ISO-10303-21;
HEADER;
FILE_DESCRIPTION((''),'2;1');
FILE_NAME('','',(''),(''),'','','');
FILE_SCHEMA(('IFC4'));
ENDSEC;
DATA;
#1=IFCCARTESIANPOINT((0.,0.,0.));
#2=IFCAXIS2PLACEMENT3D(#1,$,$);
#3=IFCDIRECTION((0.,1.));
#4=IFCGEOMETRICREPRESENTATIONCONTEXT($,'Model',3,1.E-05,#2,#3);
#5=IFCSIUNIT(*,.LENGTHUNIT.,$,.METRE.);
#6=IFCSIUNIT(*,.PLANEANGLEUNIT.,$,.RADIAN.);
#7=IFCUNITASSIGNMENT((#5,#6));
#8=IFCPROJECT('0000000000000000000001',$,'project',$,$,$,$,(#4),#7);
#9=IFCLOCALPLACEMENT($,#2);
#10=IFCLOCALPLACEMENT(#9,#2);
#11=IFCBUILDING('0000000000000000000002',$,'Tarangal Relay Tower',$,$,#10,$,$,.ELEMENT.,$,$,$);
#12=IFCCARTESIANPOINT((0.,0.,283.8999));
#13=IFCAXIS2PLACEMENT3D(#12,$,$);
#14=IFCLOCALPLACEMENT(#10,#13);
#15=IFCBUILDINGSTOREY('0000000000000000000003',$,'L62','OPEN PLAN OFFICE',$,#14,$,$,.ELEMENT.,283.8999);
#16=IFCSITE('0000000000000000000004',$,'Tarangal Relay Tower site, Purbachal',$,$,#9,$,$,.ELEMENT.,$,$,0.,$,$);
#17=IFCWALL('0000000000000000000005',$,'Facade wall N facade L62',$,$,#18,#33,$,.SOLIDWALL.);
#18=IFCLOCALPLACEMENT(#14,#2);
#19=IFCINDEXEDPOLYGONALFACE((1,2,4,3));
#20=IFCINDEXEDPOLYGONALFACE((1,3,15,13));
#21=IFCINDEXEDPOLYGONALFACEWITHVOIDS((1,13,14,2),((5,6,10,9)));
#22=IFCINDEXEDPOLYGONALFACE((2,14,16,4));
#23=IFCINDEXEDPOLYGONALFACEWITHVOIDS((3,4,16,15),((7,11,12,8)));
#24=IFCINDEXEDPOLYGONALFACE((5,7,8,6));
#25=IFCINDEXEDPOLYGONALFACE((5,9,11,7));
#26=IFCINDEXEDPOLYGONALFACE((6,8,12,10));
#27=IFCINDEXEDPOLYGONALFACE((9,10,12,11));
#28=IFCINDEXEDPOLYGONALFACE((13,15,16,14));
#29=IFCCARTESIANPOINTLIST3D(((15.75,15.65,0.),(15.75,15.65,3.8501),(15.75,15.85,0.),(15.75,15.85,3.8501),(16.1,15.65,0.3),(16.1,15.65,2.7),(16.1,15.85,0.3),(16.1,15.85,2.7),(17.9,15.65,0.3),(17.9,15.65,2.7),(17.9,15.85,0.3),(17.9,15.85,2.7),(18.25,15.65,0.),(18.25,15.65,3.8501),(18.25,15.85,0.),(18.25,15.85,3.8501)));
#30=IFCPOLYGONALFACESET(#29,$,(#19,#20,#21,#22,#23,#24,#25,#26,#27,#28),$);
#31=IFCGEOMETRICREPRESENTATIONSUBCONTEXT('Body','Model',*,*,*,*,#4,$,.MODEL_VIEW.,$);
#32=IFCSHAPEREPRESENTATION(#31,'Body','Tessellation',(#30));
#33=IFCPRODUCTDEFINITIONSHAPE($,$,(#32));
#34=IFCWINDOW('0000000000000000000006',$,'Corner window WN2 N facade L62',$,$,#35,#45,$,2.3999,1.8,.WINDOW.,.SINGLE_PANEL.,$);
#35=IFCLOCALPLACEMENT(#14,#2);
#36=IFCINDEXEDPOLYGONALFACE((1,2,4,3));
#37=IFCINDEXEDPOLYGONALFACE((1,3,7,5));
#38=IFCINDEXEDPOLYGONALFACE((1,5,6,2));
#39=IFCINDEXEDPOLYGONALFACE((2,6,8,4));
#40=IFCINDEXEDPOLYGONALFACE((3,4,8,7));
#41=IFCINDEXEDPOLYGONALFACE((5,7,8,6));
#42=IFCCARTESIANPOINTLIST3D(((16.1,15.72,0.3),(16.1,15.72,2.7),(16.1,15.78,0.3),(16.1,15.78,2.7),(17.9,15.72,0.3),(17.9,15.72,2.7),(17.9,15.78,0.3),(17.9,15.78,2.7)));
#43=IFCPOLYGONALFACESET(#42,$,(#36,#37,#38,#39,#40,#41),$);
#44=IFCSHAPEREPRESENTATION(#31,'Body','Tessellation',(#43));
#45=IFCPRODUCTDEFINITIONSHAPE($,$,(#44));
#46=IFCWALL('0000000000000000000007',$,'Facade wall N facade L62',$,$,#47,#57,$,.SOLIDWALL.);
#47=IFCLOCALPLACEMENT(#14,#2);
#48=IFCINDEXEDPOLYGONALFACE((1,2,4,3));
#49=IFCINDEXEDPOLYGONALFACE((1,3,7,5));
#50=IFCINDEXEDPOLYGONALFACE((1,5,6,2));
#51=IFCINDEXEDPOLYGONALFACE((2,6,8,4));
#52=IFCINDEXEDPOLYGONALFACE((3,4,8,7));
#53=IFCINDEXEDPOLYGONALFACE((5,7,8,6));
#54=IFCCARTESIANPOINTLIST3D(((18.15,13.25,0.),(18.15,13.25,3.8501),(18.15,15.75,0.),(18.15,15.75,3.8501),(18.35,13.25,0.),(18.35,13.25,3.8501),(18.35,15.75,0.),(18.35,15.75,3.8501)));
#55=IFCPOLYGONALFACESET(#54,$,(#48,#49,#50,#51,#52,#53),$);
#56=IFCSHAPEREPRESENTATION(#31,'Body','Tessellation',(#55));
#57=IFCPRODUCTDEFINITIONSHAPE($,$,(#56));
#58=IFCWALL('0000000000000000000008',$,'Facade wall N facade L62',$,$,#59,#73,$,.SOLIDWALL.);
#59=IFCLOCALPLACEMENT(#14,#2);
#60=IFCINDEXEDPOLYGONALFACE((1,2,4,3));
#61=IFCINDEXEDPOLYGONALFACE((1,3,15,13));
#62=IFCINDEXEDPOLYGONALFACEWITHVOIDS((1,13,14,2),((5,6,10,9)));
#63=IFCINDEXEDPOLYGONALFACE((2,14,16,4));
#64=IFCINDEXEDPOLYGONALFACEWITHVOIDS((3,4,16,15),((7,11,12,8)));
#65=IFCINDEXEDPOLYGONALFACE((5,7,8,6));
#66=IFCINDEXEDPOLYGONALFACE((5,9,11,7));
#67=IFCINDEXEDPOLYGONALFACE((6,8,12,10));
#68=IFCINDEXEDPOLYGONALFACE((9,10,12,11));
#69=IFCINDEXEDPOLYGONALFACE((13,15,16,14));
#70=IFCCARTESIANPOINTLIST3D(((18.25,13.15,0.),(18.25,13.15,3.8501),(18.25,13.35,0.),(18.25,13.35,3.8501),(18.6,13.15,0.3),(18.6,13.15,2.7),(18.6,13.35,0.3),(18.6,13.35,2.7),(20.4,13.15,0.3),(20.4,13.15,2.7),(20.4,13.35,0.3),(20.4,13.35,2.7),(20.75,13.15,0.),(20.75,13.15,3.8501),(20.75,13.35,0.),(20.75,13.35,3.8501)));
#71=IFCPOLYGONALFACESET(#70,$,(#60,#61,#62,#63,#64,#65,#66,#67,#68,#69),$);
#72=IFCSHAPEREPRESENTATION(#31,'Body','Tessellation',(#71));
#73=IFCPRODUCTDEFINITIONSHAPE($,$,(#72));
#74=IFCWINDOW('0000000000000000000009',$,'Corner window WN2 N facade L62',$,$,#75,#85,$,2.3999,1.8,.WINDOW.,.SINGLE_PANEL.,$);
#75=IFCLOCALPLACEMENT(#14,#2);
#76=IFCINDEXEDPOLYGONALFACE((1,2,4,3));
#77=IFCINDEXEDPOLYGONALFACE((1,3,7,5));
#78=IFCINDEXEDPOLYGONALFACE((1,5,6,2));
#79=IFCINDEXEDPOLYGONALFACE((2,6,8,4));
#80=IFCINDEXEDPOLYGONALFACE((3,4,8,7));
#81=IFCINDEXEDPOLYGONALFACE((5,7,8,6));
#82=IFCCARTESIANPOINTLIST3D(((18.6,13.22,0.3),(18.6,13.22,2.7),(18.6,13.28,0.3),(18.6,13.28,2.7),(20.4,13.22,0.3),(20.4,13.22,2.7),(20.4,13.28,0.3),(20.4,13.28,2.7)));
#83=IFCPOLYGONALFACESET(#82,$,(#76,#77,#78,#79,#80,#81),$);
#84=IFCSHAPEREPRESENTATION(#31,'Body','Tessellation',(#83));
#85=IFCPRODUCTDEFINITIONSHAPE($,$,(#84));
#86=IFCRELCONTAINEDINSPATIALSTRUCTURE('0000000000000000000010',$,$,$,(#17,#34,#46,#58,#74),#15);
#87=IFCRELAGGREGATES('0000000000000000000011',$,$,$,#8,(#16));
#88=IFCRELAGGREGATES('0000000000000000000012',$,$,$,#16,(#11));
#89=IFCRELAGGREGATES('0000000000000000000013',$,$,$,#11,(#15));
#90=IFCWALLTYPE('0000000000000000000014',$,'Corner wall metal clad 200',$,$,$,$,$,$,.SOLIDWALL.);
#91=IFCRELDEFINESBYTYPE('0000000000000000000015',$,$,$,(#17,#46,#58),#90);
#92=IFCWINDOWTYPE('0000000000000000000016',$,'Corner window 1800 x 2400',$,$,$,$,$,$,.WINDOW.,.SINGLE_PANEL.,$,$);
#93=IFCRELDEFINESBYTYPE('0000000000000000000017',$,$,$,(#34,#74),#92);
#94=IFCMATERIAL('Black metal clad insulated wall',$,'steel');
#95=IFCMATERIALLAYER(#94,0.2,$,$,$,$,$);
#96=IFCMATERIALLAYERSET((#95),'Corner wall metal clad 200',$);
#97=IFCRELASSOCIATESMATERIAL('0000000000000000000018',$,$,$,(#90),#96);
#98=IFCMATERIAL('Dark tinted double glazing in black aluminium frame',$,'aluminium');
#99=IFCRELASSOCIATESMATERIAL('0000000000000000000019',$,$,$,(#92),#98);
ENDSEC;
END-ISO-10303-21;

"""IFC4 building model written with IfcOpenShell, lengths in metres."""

from ifc_helpers import new_model, si_unit, direction, frame, frame_2d, origin, place, context, subcontext, project, spatial, rectangle, extrude, material, layer, layer_set, type_object, element, fill, save


model = new_model("IFC4")

# Units and contexts
model_context = context("Model", 3, precision=1e-05, world=origin(), true_north=direction((0.0, 1.0)))
body_context = subcontext(model_context, "Body", "Model", "MODEL_VIEW")
ifc_project = project(units=[si_unit("LENGTHUNIT", "METRE"), si_unit("PLANEANGLEUNIT", "RADIAN")], contexts=[model_context])

# Site, building, storey
site_placement = place(None, origin())
site = spatial("IfcSite", under=ifc_project, at=site_placement, Name="Tarangal Relay Tower site, Purbachal", CompositionType="ELEMENT", RefElevation=0.0)
building_placement = place(site_placement, origin())
building = spatial("IfcBuilding", under=site, at=building_placement, Name="Tarangal Relay Tower", CompositionType="ELEMENT")
storey_placement = place(building_placement, frame((0.0, 0.0, 283.8999)))
storey = spatial("IfcBuildingStorey", under=building, at=storey_placement, Name="L62", Description="OPEN PLAN OFFICE", CompositionType="ELEMENT", Elevation=283.8999)

# Shared definitions
ifc_material_1 = material(Name="Black metal clad insulated wall", Category="steel")
ifc_layer_1 = layer(ifc_material_1, 0.2)
ifc_layer_set_1 = layer_set([ifc_layer_1], Name="Corner wall metal clad 200")
wall_type_1 = type_object("IfcWallType", Name="Corner wall metal clad 200", PredefinedType="SOLIDWALL", material=ifc_layer_set_1)

# Shared definitions
ifc_material_2 = material(Name="Dark tinted double glazing in black aluminium frame", Category="aluminium")
window_type = type_object("IfcWindowType", Name="Corner window 1800 x 2400", PartitioningType="SINGLE_PANEL", PredefinedType="WINDOW", material=ifc_material_2)

# Wall, opening, window
wall_1_placement = place(storey_placement, frame((15.75, 15.75, 0.0), z_axis=(0.0, 0.0, 1.0), x_axis=(1.0, 0.0, 0.0)))
wall_1 = element("IfcWall", 1, at=wall_1_placement, inside=storey, type_object=wall_type_1, Name="Facade wall N facade L62", PredefinedType="SOLIDWALL", context=body_context, shape_type="SweptSolid", body=[
    extrude(rectangle(XDim=2.5, YDim=0.2, at=frame_2d((1.25, 0.0))), origin(), (0.0, 0.0, 1.0), 3.8501),
])
opening_1_placement = place(wall_1_placement, frame((0.3501, 0.0, 0.3)))
opening_1 = element("IfcOpeningElement", 2, at=opening_1_placement, cuts=wall_1, PredefinedType="OPENING", context=body_context, shape_type="SweptSolid", body=[
    extrude(rectangle(XDim=1.8, YDim=2.3999, at=frame_2d((0.8999, 1.2))), frame((0.0, 0.1099, 0.0), z_axis=(0.0, -1.0, 0.0), x_axis=(1.0, 0.0, 0.0)), (0.0, 0.0, 1.0), 0.22),
])
window_1_placement = place(opening_1_placement, origin())
window_1 = element("IfcWindow", 3, at=window_1_placement, inside=storey, type_object=window_type, Name="Corner window WN2 N facade L62", OverallHeight=2.3999, OverallWidth=1.8, PartitioningType="SINGLE_PANEL", PredefinedType="WINDOW", context=body_context, shape_type="SweptSolid", body=[
    extrude(rectangle(XDim=1.8, YDim=2.3999, at=frame_2d((0.8999, 1.2))), frame((0.0, 0.03, 0.0), z_axis=(0.0, -1.0, 0.0), x_axis=(1.0, 0.0, 0.0)), (0.0, 0.0, 1.0), 0.0601),
])
fill(opening_1, window_1)

# Wall
wall_2_placement = place(storey_placement, frame((18.25, 15.75, 0.0), z_axis=(0.0, 0.0, 1.0), x_axis=(0.0, -1.0, 0.0)))
element("IfcWall", 4, at=wall_2_placement, inside=storey, type_object=wall_type_1, Name="Facade wall N facade L62", PredefinedType="SOLIDWALL", context=body_context, shape_type="SweptSolid", body=[
    extrude(rectangle(XDim=2.5, YDim=0.2, at=frame_2d((1.25, 0.0))), origin(), (0.0, 0.0, 1.0), 3.8501),
])

# Wall, opening, window
wall_3_placement = place(storey_placement, frame((18.25, 13.25, 0.0), z_axis=(0.0, 0.0, 1.0), x_axis=(1.0, 0.0, 0.0)))
wall_3 = element("IfcWall", 5, at=wall_3_placement, inside=storey, type_object=wall_type_1, Name="Facade wall N facade L62", PredefinedType="SOLIDWALL", context=body_context, shape_type="SweptSolid", body=[
    extrude(rectangle(XDim=2.5, YDim=0.2, at=frame_2d((1.25, 0.0))), origin(), (0.0, 0.0, 1.0), 3.8501),
])
opening_2_placement = place(wall_3_placement, frame((0.3501, 0.0, 0.3)))
opening_2 = element("IfcOpeningElement", 6, at=opening_2_placement, cuts=wall_3, PredefinedType="OPENING", context=body_context, shape_type="SweptSolid", body=[
    extrude(rectangle(XDim=1.8, YDim=2.3999, at=frame_2d((0.8999, 1.2))), frame((0.0, 0.1099, 0.0), z_axis=(0.0, -1.0, 0.0), x_axis=(1.0, 0.0, 0.0)), (0.0, 0.0, 1.0), 0.22),
])
window_2_placement = place(opening_2_placement, origin())
window_2 = element("IfcWindow", 7, at=window_2_placement, inside=storey, type_object=window_type, Name="Corner window WN2 N facade L62", OverallHeight=2.3999, OverallWidth=1.8, PartitioningType="SINGLE_PANEL", PredefinedType="WINDOW", context=body_context, shape_type="SweptSolid", body=[
    extrude(rectangle(XDim=1.8, YDim=2.3999, at=frame_2d((0.8999, 1.2))), frame((0.0, 0.03, 0.0), z_axis=(0.0, -1.0, 0.0), x_axis=(1.0, 0.0, 0.0)), (0.0, 0.0, 1.0), 0.0601),
])
fill(opening_2, window_2)

save(model, "model.ifc")
